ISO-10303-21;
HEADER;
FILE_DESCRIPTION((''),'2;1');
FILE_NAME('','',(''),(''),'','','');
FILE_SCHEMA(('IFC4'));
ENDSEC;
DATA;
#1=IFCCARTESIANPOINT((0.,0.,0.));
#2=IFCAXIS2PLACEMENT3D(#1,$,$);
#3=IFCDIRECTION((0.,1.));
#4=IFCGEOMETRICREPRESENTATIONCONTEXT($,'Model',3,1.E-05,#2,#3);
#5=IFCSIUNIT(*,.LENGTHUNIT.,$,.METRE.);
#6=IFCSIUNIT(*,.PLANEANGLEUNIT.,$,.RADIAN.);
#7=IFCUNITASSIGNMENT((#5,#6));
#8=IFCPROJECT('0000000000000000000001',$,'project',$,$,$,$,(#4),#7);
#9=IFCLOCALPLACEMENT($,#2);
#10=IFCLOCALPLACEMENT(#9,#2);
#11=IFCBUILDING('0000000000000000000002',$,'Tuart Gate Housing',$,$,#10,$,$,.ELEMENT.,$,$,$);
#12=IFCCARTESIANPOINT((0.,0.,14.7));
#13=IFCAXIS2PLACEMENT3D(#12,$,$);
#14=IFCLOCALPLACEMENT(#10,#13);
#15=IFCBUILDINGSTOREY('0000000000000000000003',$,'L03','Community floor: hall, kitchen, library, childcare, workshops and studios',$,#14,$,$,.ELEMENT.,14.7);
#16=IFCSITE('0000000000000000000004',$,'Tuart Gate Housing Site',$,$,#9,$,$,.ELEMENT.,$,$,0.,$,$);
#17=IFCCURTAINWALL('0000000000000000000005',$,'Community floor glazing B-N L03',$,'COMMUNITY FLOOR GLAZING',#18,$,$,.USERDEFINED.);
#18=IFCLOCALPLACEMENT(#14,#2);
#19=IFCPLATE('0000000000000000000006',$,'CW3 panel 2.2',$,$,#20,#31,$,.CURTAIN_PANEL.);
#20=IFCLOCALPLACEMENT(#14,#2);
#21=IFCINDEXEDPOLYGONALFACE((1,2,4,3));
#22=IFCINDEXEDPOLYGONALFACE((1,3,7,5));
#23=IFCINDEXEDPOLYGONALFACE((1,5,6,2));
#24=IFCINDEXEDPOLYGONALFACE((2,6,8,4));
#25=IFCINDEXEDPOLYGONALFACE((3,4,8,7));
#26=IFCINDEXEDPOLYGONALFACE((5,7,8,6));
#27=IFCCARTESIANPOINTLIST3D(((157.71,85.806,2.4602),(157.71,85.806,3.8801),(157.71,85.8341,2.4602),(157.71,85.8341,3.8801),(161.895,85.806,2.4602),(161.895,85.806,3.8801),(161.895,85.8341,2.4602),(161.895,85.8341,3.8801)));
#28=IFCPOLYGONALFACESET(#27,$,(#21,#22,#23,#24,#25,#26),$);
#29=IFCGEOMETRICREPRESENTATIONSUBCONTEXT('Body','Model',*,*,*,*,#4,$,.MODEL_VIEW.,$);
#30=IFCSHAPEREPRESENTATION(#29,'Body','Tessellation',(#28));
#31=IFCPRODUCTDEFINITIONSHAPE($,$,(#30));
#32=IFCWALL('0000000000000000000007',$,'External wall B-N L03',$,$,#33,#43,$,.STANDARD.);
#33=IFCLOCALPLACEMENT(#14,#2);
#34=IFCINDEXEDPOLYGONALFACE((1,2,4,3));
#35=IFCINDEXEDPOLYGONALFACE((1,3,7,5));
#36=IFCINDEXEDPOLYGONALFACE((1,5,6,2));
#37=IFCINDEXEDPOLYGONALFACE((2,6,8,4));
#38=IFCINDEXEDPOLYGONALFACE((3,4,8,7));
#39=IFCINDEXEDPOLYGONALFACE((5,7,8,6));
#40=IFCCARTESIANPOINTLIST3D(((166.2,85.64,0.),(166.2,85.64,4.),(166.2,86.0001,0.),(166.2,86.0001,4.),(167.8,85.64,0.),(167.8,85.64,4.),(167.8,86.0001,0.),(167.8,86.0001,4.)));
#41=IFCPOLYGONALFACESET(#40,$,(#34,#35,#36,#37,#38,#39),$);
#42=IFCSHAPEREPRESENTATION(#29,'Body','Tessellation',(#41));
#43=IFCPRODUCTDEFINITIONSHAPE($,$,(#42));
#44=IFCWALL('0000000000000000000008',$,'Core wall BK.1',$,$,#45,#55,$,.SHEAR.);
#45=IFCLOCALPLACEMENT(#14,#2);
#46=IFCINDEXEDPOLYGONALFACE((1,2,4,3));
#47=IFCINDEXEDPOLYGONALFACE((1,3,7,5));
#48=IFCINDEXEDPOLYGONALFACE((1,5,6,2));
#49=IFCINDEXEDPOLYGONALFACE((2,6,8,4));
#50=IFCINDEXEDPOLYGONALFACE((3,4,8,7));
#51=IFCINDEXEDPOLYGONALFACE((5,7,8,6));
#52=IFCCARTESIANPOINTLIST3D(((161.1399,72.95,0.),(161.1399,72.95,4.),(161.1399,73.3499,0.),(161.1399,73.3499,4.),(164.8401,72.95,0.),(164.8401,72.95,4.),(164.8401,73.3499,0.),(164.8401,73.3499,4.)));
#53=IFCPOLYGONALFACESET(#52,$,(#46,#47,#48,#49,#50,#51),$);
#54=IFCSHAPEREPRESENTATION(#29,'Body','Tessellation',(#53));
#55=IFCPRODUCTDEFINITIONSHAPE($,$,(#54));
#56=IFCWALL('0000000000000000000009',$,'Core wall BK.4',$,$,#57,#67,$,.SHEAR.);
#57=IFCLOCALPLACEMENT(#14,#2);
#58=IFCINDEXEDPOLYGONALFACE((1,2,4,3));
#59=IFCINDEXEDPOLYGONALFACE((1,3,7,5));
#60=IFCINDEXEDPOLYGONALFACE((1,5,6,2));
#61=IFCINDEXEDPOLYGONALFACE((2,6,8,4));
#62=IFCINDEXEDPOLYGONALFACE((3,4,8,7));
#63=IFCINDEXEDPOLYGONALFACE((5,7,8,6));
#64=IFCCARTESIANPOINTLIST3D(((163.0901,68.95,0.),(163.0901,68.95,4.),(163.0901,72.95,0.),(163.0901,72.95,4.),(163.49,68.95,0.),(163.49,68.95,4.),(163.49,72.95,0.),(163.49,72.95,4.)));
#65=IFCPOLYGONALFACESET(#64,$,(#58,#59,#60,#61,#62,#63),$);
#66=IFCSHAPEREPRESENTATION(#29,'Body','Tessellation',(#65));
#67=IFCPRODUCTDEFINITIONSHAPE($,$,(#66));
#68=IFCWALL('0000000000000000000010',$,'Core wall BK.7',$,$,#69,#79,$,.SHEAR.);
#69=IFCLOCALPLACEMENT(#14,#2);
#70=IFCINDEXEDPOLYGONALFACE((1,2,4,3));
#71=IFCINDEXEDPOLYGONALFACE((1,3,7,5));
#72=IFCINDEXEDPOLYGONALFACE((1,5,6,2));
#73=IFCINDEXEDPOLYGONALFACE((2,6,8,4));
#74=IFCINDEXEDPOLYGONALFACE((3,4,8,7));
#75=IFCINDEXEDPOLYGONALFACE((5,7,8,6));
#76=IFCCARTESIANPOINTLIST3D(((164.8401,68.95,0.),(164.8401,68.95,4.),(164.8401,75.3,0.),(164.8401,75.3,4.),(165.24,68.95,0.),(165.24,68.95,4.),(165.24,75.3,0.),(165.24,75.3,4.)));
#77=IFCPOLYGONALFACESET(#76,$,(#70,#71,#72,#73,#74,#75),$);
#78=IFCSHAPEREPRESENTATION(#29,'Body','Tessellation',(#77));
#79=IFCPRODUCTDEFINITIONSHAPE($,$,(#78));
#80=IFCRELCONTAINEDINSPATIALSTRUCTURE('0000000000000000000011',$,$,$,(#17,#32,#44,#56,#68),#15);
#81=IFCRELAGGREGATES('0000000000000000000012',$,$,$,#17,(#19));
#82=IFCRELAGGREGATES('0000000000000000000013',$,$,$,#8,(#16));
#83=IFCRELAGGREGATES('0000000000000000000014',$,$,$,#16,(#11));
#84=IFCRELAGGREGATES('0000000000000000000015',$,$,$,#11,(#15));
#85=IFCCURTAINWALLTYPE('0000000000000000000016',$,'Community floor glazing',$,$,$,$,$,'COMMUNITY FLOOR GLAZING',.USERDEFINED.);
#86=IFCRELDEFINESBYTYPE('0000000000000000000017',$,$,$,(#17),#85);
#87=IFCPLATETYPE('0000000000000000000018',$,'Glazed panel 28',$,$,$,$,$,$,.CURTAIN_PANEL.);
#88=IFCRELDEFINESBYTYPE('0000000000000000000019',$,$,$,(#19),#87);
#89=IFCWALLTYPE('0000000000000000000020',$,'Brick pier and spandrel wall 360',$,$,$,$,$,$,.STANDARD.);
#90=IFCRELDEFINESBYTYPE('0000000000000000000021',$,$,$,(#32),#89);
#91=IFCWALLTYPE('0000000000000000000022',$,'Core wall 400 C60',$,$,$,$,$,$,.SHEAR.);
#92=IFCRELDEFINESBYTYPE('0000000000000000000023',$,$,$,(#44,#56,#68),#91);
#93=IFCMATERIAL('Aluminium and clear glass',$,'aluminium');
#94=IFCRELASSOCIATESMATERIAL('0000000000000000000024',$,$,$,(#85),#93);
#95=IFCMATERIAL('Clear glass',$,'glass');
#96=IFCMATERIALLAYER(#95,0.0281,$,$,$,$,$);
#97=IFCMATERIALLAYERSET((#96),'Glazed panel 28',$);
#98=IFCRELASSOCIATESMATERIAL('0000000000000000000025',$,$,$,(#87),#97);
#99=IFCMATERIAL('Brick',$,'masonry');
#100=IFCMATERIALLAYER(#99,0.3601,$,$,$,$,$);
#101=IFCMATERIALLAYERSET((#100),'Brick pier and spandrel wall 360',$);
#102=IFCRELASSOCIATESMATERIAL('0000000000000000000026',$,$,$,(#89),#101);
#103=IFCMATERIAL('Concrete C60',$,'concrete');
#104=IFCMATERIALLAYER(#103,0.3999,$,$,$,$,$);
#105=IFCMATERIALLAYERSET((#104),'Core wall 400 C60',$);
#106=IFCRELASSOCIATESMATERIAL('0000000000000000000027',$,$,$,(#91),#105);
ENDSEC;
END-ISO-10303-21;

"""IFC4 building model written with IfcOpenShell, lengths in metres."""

from ifc_helpers import new_model, si_unit, direction, frame, frame_2d, origin, origin_2d, place, context, subcontext, project, spatial, rectangle, extrude, material, layer, layer_set, type_object, element, aggregate, save


model = new_model("IFC4")

# Units and contexts
model_context = context("Model", 3, precision=1e-05, world=origin(), true_north=direction((0.0, 1.0)))
body_context = subcontext(model_context, "Body", "Model", "MODEL_VIEW")
ifc_project = project(units=[si_unit("LENGTHUNIT", "METRE"), si_unit("PLANEANGLEUNIT", "RADIAN")], contexts=[model_context])

# Site, building, storey
site_placement = place(None, origin())
site = spatial("IfcSite", under=ifc_project, at=site_placement, Name="Tuart Gate Housing Site", CompositionType="ELEMENT", RefElevation=0.0)
building_placement = place(site_placement, origin())
building = spatial("IfcBuilding", under=site, at=building_placement, Name="Tuart Gate Housing", CompositionType="ELEMENT")
storey_placement = place(building_placement, frame((0.0, 0.0, 14.7)))
storey = spatial("IfcBuildingStorey", under=building, at=storey_placement, Name="L03", Description="Community floor: hall, kitchen, library, childcare, workshops and studios", CompositionType="ELEMENT", Elevation=14.7)

# Shared definitions
ifc_material_1 = material(Name="Aluminium and clear glass", Category="aluminium")
curtain_wall_type = type_object("IfcCurtainWallType", Name="Community floor glazing", ElementType="COMMUNITY FLOOR GLAZING", PredefinedType="USERDEFINED", material=ifc_material_1)

# Curtain wall, plate
curtain_wall_1_placement = place(storey_placement, origin())
curtain_wall_1 = element("IfcCurtainWall", 1, at=curtain_wall_1_placement, inside=storey, type_object=curtain_wall_type, Name="Community floor glazing B-N L03", ObjectType="COMMUNITY FLOOR GLAZING", PredefinedType="USERDEFINED")
ifc_material_2 = material(Name="Clear glass", Category="glass")
ifc_layer_1 = layer(ifc_material_2, 0.0281)
ifc_layer_set_1 = layer_set([ifc_layer_1], Name="Glazed panel 28")
plate_type = type_object("IfcPlateType", Name="Glazed panel 28", PredefinedType="CURTAIN_PANEL", material=ifc_layer_set_1)
plate_1_placement = place(storey_placement, frame((159.8025, 85.8201, 2.4602), z_axis=(0.0, 0.0, 1.0), x_axis=(-1.0, 0.0, 0.0)))
plate_1 = element("IfcPlate", 2, at=plate_1_placement, type_object=plate_type, Name="CW3 panel 2.2", PredefinedType="CURTAIN_PANEL", context=body_context, shape_type="SweptSolid", body=[
    extrude(rectangle(XDim=4.1851, YDim=0.0281, at=origin_2d()), origin(), (0.0, 0.0, 1.0), 1.4199),
])
aggregate(curtain_wall_1, [plate_1])

# Walls
ifc_material_3 = material(Name="Brick", Category="masonry")
ifc_layer_2 = layer(ifc_material_3, 0.3601)
ifc_layer_set_2 = layer_set([ifc_layer_2], Name="Brick pier and spandrel wall 360")
wall_type_1 = type_object("IfcWallType", Name="Brick pier and spandrel wall 360", PredefinedType="STANDARD", material=ifc_layer_set_2)
wall_1_placement = place(storey_placement, frame((167.8, 85.8201, 0.0), z_axis=(0.0, 0.0, 1.0), x_axis=(-1.0, 0.0, 0.0)))
element("IfcWall", 3, at=wall_1_placement, inside=storey, type_object=wall_type_1, Name="External wall B-N L03", PredefinedType="STANDARD", context=body_context, shape_type="SweptSolid", body=[
    extrude(rectangle(XDim=1.6001, YDim=0.3601, at=frame_2d((0.8, 0.0))), origin(), (0.0, 0.0, 1.0), 4.0),
])
ifc_material_4 = material(Name="Concrete C60", Category="concrete")
ifc_layer_3 = layer(ifc_material_4, 0.3999)
ifc_layer_set_3 = layer_set([ifc_layer_3], Name="Core wall 400 C60")
wall_type_2 = type_object("IfcWallType", Name="Core wall 400 C60", PredefinedType="SHEAR", material=ifc_layer_set_3)
wall_2_placement = place(storey_placement, frame((161.1399, 73.1499, 0.0), z_axis=(0.0, 0.0, 1.0), x_axis=(1.0, 0.0, 0.0)))
element("IfcWall", 4, at=wall_2_placement, inside=storey, type_object=wall_type_2, Name="Core wall BK.1", PredefinedType="SHEAR", context=body_context, shape_type="SweptSolid", body=[
    extrude(rectangle(XDim=3.7002, YDim=0.3999, at=frame_2d((1.8501, 0.0))), origin(), (0.0, 0.0, 1.0), 4.0),
])
wall_3_placement = place(storey_placement, frame((163.29, 72.95, 0.0), z_axis=(0.0, 0.0, 1.0), x_axis=(0.0, -1.0, 0.0)))
element("IfcWall", 5, at=wall_3_placement, inside=storey, type_object=wall_type_2, Name="Core wall BK.4", PredefinedType="SHEAR", context=body_context, shape_type="SweptSolid", body=[
    extrude(rectangle(XDim=4.0, YDim=0.3999, at=frame_2d((2.0, 0.0))), origin(), (0.0, 0.0, 1.0), 4.0),
])
wall_4_placement = place(storey_placement, frame((165.04, 75.3, 0.0), z_axis=(0.0, 0.0, 1.0), x_axis=(0.0, -1.0, 0.0)))
element("IfcWall", 6, at=wall_4_placement, inside=storey, type_object=wall_type_2, Name="Core wall BK.7", PredefinedType="SHEAR", context=body_context, shape_type="SweptSolid", body=[
    extrude(rectangle(XDim=6.3501, YDim=0.3999, at=frame_2d((3.175, 0.0))), origin(), (0.0, 0.0, 1.0), 4.0),
])

save(model, "model.ifc")
